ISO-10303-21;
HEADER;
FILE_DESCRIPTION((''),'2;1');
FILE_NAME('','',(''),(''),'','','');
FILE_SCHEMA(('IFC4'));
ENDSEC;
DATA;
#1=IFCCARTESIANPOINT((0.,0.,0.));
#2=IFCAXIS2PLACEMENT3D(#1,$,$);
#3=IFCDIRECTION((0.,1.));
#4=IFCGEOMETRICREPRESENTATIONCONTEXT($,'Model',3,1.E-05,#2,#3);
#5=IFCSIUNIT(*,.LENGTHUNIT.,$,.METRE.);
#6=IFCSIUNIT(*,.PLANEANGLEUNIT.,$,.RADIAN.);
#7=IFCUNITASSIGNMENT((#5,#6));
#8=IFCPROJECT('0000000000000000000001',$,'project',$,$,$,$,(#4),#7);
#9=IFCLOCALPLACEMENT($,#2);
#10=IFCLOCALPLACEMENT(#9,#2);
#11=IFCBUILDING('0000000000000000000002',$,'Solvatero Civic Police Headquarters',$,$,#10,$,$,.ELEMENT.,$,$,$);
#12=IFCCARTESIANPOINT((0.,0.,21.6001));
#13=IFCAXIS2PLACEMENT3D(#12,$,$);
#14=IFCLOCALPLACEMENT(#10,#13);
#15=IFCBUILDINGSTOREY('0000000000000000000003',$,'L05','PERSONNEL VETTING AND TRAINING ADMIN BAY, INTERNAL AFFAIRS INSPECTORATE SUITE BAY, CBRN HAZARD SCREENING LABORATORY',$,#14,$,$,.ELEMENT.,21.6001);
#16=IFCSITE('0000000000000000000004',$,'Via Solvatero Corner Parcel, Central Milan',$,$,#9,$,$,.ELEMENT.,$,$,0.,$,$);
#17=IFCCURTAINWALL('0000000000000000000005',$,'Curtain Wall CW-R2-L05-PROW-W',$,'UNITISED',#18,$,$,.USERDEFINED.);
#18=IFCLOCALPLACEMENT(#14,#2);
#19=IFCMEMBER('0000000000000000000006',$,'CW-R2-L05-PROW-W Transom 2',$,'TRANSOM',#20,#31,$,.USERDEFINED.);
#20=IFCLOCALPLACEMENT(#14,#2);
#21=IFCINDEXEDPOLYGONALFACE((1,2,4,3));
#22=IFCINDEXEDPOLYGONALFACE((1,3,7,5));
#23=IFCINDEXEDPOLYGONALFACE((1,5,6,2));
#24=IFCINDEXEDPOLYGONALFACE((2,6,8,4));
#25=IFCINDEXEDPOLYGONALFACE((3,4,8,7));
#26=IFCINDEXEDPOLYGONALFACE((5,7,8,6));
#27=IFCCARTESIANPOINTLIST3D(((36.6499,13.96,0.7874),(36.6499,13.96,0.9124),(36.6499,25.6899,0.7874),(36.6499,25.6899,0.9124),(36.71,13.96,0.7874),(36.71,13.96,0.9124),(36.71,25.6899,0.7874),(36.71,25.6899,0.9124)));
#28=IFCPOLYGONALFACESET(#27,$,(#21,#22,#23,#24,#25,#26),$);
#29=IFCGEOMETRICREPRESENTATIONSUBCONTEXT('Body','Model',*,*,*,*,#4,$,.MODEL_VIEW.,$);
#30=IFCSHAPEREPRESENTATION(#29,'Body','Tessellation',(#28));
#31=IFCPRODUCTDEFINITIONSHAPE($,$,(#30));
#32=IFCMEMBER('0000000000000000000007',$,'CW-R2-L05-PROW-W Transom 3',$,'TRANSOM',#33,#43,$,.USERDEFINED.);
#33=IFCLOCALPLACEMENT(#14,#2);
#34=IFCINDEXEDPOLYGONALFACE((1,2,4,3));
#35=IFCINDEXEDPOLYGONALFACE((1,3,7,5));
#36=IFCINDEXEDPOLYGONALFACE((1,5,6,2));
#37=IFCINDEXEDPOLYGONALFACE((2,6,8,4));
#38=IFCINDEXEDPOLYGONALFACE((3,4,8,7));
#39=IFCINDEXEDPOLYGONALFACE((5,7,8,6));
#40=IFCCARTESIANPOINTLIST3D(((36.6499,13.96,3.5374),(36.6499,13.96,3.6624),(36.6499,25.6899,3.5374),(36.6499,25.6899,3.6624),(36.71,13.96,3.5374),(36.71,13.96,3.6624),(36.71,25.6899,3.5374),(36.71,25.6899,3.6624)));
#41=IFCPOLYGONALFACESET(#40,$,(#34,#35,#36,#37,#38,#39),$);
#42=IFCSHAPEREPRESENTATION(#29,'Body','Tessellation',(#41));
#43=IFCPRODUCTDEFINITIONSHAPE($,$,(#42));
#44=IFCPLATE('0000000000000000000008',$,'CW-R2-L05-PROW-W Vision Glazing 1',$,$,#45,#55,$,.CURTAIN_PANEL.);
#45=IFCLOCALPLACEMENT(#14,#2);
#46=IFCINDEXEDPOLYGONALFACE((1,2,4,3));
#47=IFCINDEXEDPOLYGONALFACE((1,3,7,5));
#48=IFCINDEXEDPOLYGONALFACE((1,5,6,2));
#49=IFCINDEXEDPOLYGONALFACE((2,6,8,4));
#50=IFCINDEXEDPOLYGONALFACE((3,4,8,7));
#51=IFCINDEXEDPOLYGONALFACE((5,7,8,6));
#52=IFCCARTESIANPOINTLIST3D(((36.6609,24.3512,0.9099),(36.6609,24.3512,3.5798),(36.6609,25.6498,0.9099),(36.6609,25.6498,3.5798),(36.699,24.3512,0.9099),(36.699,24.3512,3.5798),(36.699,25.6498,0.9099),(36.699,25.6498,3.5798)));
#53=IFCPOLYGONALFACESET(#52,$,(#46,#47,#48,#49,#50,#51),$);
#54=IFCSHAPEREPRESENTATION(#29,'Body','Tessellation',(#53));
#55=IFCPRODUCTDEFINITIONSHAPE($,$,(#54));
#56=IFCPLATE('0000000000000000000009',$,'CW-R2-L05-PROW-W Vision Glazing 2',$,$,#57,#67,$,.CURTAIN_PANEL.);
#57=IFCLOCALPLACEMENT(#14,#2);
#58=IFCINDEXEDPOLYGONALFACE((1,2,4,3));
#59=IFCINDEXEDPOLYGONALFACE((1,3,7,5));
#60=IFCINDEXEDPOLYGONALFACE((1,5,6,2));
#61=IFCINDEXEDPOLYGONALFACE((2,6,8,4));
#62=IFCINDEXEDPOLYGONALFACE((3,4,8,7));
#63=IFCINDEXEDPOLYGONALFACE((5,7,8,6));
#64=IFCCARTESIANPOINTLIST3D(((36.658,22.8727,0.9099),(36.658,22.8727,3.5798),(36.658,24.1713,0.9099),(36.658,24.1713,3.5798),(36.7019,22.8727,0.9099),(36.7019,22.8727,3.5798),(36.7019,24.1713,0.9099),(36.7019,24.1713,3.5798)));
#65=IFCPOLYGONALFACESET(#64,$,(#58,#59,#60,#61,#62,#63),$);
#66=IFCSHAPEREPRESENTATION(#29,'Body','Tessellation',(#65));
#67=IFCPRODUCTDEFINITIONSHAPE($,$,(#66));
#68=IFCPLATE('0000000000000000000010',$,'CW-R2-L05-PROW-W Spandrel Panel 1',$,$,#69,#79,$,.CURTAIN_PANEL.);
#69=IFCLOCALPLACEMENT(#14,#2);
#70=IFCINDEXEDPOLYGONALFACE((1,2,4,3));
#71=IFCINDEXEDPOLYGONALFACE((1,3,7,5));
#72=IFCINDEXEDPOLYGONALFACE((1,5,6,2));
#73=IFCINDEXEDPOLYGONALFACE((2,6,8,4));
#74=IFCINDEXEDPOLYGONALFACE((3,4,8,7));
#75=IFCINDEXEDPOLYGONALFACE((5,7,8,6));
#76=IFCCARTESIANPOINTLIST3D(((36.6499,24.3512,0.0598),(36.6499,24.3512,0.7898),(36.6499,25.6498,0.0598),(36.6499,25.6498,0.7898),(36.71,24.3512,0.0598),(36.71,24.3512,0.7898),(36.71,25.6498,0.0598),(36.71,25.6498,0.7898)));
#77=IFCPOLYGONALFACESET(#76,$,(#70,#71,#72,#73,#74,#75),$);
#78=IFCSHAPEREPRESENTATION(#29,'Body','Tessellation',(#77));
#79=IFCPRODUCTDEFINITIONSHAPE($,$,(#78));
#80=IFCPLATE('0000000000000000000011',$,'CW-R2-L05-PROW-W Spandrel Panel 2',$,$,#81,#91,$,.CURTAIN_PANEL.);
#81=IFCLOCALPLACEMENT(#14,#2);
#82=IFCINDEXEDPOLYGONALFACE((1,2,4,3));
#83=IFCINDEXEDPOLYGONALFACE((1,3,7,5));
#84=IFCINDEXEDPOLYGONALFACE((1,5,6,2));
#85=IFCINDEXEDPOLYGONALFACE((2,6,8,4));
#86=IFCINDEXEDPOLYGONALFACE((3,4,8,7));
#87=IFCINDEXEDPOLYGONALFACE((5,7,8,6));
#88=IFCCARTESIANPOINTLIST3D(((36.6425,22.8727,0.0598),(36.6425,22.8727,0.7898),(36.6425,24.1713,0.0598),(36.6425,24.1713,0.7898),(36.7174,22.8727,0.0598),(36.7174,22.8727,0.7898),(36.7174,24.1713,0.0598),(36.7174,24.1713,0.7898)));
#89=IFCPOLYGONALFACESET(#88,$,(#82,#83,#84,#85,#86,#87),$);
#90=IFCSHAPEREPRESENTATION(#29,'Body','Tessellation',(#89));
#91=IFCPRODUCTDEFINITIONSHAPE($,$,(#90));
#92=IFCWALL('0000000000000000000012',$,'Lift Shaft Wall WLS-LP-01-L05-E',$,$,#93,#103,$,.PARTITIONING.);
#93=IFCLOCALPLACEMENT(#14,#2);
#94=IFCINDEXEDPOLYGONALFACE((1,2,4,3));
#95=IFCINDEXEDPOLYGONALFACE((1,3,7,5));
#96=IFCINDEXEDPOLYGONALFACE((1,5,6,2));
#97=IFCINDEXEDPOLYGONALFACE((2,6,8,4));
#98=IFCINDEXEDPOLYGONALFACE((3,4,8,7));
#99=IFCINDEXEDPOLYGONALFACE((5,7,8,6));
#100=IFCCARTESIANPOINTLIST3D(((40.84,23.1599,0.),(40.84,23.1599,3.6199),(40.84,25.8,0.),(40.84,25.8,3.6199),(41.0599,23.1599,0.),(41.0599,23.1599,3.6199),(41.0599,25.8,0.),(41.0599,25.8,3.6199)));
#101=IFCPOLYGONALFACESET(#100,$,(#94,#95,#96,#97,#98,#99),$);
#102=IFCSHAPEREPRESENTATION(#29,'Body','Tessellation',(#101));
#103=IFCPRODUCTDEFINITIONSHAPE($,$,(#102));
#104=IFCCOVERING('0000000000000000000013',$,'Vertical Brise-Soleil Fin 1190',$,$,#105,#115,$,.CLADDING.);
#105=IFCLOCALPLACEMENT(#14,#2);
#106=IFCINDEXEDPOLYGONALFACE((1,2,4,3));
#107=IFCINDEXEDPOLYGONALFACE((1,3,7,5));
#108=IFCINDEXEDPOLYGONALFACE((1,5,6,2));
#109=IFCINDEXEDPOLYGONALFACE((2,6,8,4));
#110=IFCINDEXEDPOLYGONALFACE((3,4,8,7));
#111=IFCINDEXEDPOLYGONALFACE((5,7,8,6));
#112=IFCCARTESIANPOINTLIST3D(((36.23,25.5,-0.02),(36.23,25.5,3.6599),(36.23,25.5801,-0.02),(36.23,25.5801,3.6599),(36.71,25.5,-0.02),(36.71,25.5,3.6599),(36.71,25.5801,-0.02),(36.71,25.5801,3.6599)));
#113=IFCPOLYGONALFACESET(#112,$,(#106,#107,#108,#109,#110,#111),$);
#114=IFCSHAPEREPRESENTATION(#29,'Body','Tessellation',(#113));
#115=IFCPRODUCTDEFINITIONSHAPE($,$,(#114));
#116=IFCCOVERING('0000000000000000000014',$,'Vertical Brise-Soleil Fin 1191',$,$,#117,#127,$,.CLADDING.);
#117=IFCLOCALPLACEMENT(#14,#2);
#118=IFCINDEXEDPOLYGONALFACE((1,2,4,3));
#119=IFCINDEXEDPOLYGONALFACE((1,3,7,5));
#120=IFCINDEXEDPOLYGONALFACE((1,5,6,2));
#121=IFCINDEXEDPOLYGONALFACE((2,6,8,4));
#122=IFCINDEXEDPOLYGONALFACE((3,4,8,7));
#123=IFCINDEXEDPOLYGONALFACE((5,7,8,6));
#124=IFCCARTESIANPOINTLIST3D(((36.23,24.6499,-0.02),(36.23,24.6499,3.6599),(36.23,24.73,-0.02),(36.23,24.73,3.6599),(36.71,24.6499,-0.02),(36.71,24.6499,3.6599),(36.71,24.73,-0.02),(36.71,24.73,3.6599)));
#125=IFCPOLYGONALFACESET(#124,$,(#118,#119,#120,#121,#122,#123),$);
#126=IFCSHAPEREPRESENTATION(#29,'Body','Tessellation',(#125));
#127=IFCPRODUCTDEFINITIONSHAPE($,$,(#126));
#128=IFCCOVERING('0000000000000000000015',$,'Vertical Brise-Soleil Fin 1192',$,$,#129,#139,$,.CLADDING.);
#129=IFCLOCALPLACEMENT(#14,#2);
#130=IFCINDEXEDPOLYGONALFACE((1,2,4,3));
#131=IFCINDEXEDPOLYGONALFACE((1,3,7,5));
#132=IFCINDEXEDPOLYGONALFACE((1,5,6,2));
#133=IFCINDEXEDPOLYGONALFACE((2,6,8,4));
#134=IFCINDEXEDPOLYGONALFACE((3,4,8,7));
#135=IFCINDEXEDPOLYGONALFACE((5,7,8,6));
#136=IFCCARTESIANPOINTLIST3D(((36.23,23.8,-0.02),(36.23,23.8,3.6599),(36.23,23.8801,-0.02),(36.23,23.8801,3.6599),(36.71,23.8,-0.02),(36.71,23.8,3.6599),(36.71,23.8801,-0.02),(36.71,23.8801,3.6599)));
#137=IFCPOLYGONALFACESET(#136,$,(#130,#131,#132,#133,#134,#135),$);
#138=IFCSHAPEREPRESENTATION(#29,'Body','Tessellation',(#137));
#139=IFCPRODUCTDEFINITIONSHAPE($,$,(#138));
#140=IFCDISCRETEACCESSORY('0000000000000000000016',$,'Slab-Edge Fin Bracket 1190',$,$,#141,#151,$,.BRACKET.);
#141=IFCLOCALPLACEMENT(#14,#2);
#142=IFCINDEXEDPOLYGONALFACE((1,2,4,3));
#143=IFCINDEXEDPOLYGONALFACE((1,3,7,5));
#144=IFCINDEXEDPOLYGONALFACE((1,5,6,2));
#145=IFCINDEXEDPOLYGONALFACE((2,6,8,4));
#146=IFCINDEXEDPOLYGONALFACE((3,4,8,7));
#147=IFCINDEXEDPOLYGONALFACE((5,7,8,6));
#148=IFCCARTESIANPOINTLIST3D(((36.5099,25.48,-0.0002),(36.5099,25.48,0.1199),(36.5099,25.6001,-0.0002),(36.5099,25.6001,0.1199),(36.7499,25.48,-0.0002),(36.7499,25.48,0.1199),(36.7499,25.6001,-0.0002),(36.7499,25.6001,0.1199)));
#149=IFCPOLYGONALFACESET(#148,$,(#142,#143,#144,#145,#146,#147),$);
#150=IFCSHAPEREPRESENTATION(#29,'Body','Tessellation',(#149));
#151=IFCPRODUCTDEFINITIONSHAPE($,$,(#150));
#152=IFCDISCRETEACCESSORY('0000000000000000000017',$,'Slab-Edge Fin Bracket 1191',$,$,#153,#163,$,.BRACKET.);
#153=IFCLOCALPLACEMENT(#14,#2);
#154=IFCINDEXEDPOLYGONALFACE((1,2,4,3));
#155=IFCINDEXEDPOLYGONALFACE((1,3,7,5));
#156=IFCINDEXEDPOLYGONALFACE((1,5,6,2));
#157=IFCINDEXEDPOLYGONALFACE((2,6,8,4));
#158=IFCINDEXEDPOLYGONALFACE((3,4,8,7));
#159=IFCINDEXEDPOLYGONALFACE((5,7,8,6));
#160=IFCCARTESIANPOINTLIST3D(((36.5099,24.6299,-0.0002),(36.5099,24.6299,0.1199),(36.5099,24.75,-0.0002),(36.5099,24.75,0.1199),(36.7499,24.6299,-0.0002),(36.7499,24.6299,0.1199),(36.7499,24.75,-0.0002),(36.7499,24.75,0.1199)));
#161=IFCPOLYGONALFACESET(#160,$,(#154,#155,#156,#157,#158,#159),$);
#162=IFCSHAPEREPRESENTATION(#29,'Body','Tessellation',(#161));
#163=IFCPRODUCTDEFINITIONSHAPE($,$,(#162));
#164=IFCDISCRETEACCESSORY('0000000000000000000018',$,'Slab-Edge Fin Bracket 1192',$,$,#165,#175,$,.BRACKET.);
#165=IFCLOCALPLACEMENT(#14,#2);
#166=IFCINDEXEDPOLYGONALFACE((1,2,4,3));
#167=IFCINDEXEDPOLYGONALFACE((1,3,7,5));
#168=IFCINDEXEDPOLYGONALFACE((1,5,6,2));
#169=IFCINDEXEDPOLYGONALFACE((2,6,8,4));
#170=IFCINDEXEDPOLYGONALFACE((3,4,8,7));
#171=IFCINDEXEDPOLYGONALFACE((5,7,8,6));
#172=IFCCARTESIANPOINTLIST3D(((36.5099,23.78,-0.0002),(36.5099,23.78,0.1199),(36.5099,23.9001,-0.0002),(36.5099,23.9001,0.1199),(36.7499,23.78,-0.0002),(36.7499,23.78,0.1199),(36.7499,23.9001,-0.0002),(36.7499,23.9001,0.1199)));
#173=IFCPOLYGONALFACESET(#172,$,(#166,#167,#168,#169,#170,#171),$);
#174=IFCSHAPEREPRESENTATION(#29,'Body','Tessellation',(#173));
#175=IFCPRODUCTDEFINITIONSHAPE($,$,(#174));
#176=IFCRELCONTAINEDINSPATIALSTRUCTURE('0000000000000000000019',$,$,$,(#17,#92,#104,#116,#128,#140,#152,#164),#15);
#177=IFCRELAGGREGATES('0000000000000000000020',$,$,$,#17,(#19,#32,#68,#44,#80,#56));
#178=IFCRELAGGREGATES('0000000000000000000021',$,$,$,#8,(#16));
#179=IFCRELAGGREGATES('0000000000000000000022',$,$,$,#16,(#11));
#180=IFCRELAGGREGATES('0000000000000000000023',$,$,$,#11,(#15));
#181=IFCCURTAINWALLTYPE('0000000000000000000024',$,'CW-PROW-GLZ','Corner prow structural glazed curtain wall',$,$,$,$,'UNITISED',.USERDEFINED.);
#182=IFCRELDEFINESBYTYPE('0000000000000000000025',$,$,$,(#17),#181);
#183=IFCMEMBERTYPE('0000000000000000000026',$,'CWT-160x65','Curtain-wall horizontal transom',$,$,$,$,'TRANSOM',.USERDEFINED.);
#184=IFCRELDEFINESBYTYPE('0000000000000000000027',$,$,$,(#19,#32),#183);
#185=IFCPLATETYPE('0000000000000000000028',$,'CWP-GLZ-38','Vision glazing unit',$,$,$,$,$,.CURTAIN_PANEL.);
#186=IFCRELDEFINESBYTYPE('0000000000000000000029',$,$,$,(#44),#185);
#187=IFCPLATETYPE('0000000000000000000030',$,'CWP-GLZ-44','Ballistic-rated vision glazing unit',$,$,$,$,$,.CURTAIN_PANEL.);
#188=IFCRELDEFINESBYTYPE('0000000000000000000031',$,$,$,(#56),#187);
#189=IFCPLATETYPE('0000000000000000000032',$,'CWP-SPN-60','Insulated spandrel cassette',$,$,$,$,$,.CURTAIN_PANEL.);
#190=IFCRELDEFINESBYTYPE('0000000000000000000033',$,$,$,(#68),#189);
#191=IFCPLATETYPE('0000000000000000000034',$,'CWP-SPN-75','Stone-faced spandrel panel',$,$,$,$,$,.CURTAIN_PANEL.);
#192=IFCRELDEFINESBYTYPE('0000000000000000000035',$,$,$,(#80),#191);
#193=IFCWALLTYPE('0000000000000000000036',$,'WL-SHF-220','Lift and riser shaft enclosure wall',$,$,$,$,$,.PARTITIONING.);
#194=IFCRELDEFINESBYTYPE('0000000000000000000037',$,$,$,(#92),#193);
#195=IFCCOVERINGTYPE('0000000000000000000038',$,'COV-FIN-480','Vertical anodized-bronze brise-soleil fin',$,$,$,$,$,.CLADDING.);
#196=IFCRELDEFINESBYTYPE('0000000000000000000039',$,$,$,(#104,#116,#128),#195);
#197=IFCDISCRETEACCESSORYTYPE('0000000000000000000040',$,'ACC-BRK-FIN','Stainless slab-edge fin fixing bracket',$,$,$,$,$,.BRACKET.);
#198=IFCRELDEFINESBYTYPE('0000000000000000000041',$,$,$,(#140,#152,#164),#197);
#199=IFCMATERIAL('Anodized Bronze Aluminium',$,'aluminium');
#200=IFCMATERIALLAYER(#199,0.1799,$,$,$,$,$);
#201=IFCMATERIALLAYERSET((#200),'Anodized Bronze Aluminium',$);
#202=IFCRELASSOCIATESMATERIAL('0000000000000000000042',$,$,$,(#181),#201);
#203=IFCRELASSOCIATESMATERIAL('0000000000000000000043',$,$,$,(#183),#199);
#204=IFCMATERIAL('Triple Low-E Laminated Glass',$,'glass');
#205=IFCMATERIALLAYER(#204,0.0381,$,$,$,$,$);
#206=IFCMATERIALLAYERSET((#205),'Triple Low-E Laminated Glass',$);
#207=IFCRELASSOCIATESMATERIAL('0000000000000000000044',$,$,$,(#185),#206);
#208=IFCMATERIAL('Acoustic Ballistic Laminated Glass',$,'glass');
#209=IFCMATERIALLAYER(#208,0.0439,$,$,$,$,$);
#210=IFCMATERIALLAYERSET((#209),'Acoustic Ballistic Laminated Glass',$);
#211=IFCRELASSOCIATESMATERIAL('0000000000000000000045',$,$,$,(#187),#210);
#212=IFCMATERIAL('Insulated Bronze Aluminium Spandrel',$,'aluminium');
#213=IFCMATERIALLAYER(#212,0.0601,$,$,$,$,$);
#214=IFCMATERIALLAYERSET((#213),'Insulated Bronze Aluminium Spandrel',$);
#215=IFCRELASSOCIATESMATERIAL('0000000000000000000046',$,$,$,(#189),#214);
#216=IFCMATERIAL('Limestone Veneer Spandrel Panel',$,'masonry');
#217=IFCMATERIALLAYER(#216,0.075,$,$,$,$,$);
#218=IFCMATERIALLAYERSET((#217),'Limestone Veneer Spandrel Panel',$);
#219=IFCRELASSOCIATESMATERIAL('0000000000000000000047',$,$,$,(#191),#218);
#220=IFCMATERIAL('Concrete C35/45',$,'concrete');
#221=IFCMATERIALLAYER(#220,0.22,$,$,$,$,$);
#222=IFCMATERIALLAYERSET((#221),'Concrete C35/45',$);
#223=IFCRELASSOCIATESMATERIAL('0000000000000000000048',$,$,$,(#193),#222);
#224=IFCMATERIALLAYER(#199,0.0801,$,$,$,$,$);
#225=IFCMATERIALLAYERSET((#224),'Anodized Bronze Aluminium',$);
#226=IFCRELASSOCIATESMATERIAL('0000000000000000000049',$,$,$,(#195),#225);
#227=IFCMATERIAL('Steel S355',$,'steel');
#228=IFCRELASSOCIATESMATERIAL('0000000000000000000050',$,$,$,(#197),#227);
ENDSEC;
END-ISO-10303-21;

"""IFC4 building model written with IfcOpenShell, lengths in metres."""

from ifc_helpers import new_model, si_unit, direction, frame, frame_2d, origin, origin_2d, place, context, subcontext, project, spatial, rectangle, extrude, material, layer, layer_set, material_profile, profile_set, type_object, element, aggregate, save


model = new_model("IFC4")

# Units and contexts
model_context = context("Model", 3, precision=1e-05, world=origin(), true_north=direction((0.0, 1.0)))
body_context = subcontext(model_context, "Body", "Model", "MODEL_VIEW")
ifc_project = project(units=[si_unit("LENGTHUNIT", "METRE"), si_unit("PLANEANGLEUNIT", "RADIAN")], contexts=[model_context])

# Site, building, storey
site_placement = place(None, origin())
site = spatial("IfcSite", under=ifc_project, at=site_placement, Name="Via Solvatero Corner Parcel, Central Milan", CompositionType="ELEMENT", RefElevation=0.0)
building_placement = place(site_placement, origin())
building = spatial("IfcBuilding", under=site, at=building_placement, Name="Solvatero Civic Police Headquarters", CompositionType="ELEMENT")
storey_placement = place(building_placement, frame((0.0, 0.0, 21.6001)))
storey = spatial("IfcBuildingStorey", under=building, at=storey_placement, Name="L05", Description="PERSONNEL VETTING AND TRAINING ADMIN BAY, INTERNAL AFFAIRS INSPECTORATE SUITE BAY, CBRN HAZARD SCREENING LABORATORY", CompositionType="ELEMENT", Elevation=21.6001)

# Shared definitions
ifc_material_1 = material(Name="Steel S355", Category="steel")

# Curtain wall, members, plates
ifc_material_2 = material(Name="Anodized Bronze Aluminium", Category="aluminium")
ifc_layer_1 = layer(ifc_material_2, 0.1799)
ifc_layer_set_1 = layer_set([ifc_layer_1], Name="Anodized Bronze Aluminium")
curtain_wall_type = type_object("IfcCurtainWallType", Name="CW-PROW-GLZ", Description="Corner prow structural glazed curtain wall", ElementType="UNITISED", PredefinedType="USERDEFINED", material=ifc_layer_set_1)
curtain_wall_placement = place(storey_placement, origin())
curtain_wall = element("IfcCurtainWall", 1, at=curtain_wall_placement, inside=storey, type_object=curtain_wall_type, Name="Curtain Wall CW-R2-L05-PROW-W", ObjectType="UNITISED", PredefinedType="USERDEFINED")
ifc_material_profile_1 = material_profile(ifc_material_2, rectangle(XDim=0.0601, YDim=0.125, at=origin_2d()), Name="ALU TRANSOM 60x125")
ifc_profile_set_1 = profile_set([ifc_material_profile_1], Name="Anodized Bronze Aluminium")
member_type_1 = type_object("IfcMemberType", Name="CWT-160x65", Description="Curtain-wall horizontal transom", ElementType="TRANSOM", PredefinedType="USERDEFINED", material=ifc_profile_set_1)
member_1_placement = place(storey_placement, frame((36.6799, 25.6899, 0.8499), z_axis=(0.0, -1.0, 0.0), x_axis=(1.0, 0.0, 0.0)))
member_1 = element("IfcMember", 2, at=member_1_placement, type_object=member_type_1, Name="CW-R2-L05-PROW-W Transom 2", ObjectType="TRANSOM", PredefinedType="USERDEFINED", context=body_context, shape_type="SweptSolid", body=[
    extrude(rectangle(XDim=0.0601, YDim=0.125, at=origin_2d()), origin(), (0.0, 0.0, 1.0), 11.73),
])
member_2_placement = place(storey_placement, frame((36.6799, 25.6899, 3.5999), z_axis=(0.0, -1.0, 0.0), x_axis=(1.0, 0.0, 0.0)))
member_2 = element("IfcMember", 3, at=member_2_placement, type_object=member_type_1, Name="CW-R2-L05-PROW-W Transom 3", ObjectType="TRANSOM", PredefinedType="USERDEFINED", context=body_context, shape_type="SweptSolid", body=[
    extrude(rectangle(XDim=0.0601, YDim=0.125, at=origin_2d()), origin(), (0.0, 0.0, 1.0), 11.73),
])
ifc_material_3 = material(Name="Triple Low-E Laminated Glass", Category="glass")
ifc_layer_2 = layer(ifc_material_3, 0.0381)
ifc_layer_set_2 = layer_set([ifc_layer_2], Name="Triple Low-E Laminated Glass")
plate_type_1 = type_object("IfcPlateType", Name="CWP-GLZ-38", Description="Vision glazing unit", PredefinedType="CURTAIN_PANEL", material=ifc_layer_set_2)
plate_1_placement = place(storey_placement, frame((36.6799, 25.0005, 0.9099), z_axis=(0.0, 0.0, 1.0), x_axis=(0.0, -1.0, 0.0)))
plate_1 = element("IfcPlate", 4, at=plate_1_placement, type_object=plate_type_1, Name="CW-R2-L05-PROW-W Vision Glazing 1", PredefinedType="CURTAIN_PANEL", context=body_context, shape_type="SweptSolid", body=[
    extrude(rectangle(XDim=1.2986, YDim=0.0381, at=origin_2d()), origin(), (0.0, 0.0, 1.0), 2.6699),
])
ifc_material_4 = material(Name="Acoustic Ballistic Laminated Glass", Category="glass")
ifc_layer_3 = layer(ifc_material_4, 0.0439)
ifc_layer_set_3 = layer_set([ifc_layer_3], Name="Acoustic Ballistic Laminated Glass")
plate_type_2 = type_object("IfcPlateType", Name="CWP-GLZ-44", Description="Ballistic-rated vision glazing unit", PredefinedType="CURTAIN_PANEL", material=ifc_layer_set_3)
plate_2_placement = place(storey_placement, frame((36.6799, 23.522, 0.9099), z_axis=(0.0, 0.0, 1.0), x_axis=(0.0, -1.0, 0.0)))
plate_2 = element("IfcPlate", 5, at=plate_2_placement, type_object=plate_type_2, Name="CW-R2-L05-PROW-W Vision Glazing 2", PredefinedType="CURTAIN_PANEL", context=body_context, shape_type="SweptSolid", body=[
    extrude(rectangle(XDim=1.2986, YDim=0.0439, at=origin_2d()), origin(), (0.0, 0.0, 1.0), 2.6699),
])
ifc_material_5 = material(Name="Insulated Bronze Aluminium Spandrel", Category="aluminium")
ifc_layer_4 = layer(ifc_material_5, 0.0601)
ifc_layer_set_4 = layer_set([ifc_layer_4], Name="Insulated Bronze Aluminium Spandrel")
plate_type_3 = type_object("IfcPlateType", Name="CWP-SPN-60", Description="Insulated spandrel cassette", PredefinedType="CURTAIN_PANEL", material=ifc_layer_set_4)
plate_3_placement = place(storey_placement, frame((36.6799, 25.0005, 0.0598), z_axis=(0.0, 0.0, 1.0), x_axis=(0.0, -1.0, 0.0)))
plate_3 = element("IfcPlate", 6, at=plate_3_placement, type_object=plate_type_3, Name="CW-R2-L05-PROW-W Spandrel Panel 1", PredefinedType="CURTAIN_PANEL", context=body_context, shape_type="SweptSolid", body=[
    extrude(rectangle(XDim=1.2986, YDim=0.0601, at=origin_2d()), origin(), (0.0, 0.0, 1.0), 0.73),
])
ifc_material_6 = material(Name="Limestone Veneer Spandrel Panel", Category="masonry")
ifc_layer_5 = layer(ifc_material_6, 0.075)
ifc_layer_set_5 = layer_set([ifc_layer_5], Name="Limestone Veneer Spandrel Panel")
plate_type_4 = type_object("IfcPlateType", Name="CWP-SPN-75", Description="Stone-faced spandrel panel", PredefinedType="CURTAIN_PANEL", material=ifc_layer_set_5)
plate_4_placement = place(storey_placement, frame((36.6799, 23.522, 0.0598), z_axis=(0.0, 0.0, 1.0), x_axis=(0.0, -1.0, 0.0)))
plate_4 = element("IfcPlate", 7, at=plate_4_placement, type_object=plate_type_4, Name="CW-R2-L05-PROW-W Spandrel Panel 2", PredefinedType="CURTAIN_PANEL", context=body_context, shape_type="SweptSolid", body=[
    extrude(rectangle(XDim=1.2986, YDim=0.075, at=origin_2d()), origin(), (0.0, 0.0, 1.0), 0.73),
])
aggregate(curtain_wall, [member_1, member_2, plate_3, plate_1, plate_4, plate_2])

# Shared definitions
ifc_material_7 = material(Name="Concrete C35/45", Category="concrete")
ifc_layer_6 = layer(ifc_material_7, 0.22)
ifc_layer_set_6 = layer_set([ifc_layer_6], Name="Concrete C35/45")
wall_type = type_object("IfcWallType", Name="WL-SHF-220", Description="Lift and riser shaft enclosure wall", PredefinedType="PARTITIONING", material=ifc_layer_set_6)

# Wall
wall_1_placement = place(storey_placement, frame((40.95, 23.1599, 0.0), z_axis=(0.0, 0.0, 1.0), x_axis=(0.0, 1.0, 0.0)))
element("IfcWall", 8, at=wall_1_placement, inside=storey, type_object=wall_type, Name="Lift Shaft Wall WLS-LP-01-L05-E", PredefinedType="PARTITIONING", context=body_context, shape_type="SweptSolid", body=[
    extrude(rectangle(XDim=2.6401, YDim=0.22, at=frame_2d((1.3201, 0.0))), origin(), (0.0, 0.0, 1.0), 3.6199),
])

# Coverings
ifc_layer_7 = layer(ifc_material_2, 0.0801)
ifc_layer_set_7 = layer_set([ifc_layer_7], Name="Anodized Bronze Aluminium")
covering_type = type_object("IfcCoveringType", Name="COV-FIN-480", Description="Vertical anodized-bronze brise-soleil fin", PredefinedType="CLADDING", material=ifc_layer_set_7)
for number, where, z_axis, x_axis, name in (
    (9, (36.47, 25.54, -0.02), (0.0, 0.0, 1.0), (0.0, -1.0, 0.0), "Vertical Brise-Soleil Fin 1190"),
    (10, (36.47, 24.6899, -0.02), (0.0, 0.0, 1.0), (0.0, -1.0, 0.0), "Vertical Brise-Soleil Fin 1191"),
    (11, (36.47, 23.8401, -0.02), (0.0, 0.0, 1.0), (0.0, -1.0, 0.0), "Vertical Brise-Soleil Fin 1192"),
):
    element("IfcCovering", number, at=place(storey_placement, frame(where, z_axis=z_axis, x_axis=x_axis)), inside=storey, type_object=covering_type, Name=name, PredefinedType="CLADDING", context=body_context, shape_type="SweptSolid", body=[
        extrude(rectangle(XDim=0.0801, YDim=0.48, at=origin_2d()), origin(), (0.0, 0.0, 1.0), 3.6799),
    ])

# Discrete accessories
discrete_accessory_type = type_object("IfcDiscreteAccessoryType", Name="ACC-BRK-FIN", Description="Stainless slab-edge fin fixing bracket", PredefinedType="BRACKET", material=ifc_material_1)
for number, where, z_axis, x_axis, name in (
    (12, (36.6299, 25.54, -0.0002), (0.0, 0.0, 1.0), (0.0, -1.0, 0.0), "Slab-Edge Fin Bracket 1190"),
    (13, (36.6299, 24.6899, -0.0002), (0.0, 0.0, 1.0), (0.0, -1.0, 0.0), "Slab-Edge Fin Bracket 1191"),
    (14, (36.6299, 23.8401, -0.0002), (0.0, 0.0, 1.0), (0.0, -1.0, 0.0), "Slab-Edge Fin Bracket 1192"),
):
    element("IfcDiscreteAccessory", number, at=place(storey_placement, frame(where, z_axis=z_axis, x_axis=x_axis)), inside=storey, type_object=discrete_accessory_type, Name=name, PredefinedType="BRACKET", context=body_context, shape_type="SweptSolid", body=[
        extrude(rectangle(XDim=0.1201, YDim=0.24, at=origin_2d()), origin(), (0.0, 0.0, 1.0), 0.1201),
    ])

save(model, "model.ifc")
